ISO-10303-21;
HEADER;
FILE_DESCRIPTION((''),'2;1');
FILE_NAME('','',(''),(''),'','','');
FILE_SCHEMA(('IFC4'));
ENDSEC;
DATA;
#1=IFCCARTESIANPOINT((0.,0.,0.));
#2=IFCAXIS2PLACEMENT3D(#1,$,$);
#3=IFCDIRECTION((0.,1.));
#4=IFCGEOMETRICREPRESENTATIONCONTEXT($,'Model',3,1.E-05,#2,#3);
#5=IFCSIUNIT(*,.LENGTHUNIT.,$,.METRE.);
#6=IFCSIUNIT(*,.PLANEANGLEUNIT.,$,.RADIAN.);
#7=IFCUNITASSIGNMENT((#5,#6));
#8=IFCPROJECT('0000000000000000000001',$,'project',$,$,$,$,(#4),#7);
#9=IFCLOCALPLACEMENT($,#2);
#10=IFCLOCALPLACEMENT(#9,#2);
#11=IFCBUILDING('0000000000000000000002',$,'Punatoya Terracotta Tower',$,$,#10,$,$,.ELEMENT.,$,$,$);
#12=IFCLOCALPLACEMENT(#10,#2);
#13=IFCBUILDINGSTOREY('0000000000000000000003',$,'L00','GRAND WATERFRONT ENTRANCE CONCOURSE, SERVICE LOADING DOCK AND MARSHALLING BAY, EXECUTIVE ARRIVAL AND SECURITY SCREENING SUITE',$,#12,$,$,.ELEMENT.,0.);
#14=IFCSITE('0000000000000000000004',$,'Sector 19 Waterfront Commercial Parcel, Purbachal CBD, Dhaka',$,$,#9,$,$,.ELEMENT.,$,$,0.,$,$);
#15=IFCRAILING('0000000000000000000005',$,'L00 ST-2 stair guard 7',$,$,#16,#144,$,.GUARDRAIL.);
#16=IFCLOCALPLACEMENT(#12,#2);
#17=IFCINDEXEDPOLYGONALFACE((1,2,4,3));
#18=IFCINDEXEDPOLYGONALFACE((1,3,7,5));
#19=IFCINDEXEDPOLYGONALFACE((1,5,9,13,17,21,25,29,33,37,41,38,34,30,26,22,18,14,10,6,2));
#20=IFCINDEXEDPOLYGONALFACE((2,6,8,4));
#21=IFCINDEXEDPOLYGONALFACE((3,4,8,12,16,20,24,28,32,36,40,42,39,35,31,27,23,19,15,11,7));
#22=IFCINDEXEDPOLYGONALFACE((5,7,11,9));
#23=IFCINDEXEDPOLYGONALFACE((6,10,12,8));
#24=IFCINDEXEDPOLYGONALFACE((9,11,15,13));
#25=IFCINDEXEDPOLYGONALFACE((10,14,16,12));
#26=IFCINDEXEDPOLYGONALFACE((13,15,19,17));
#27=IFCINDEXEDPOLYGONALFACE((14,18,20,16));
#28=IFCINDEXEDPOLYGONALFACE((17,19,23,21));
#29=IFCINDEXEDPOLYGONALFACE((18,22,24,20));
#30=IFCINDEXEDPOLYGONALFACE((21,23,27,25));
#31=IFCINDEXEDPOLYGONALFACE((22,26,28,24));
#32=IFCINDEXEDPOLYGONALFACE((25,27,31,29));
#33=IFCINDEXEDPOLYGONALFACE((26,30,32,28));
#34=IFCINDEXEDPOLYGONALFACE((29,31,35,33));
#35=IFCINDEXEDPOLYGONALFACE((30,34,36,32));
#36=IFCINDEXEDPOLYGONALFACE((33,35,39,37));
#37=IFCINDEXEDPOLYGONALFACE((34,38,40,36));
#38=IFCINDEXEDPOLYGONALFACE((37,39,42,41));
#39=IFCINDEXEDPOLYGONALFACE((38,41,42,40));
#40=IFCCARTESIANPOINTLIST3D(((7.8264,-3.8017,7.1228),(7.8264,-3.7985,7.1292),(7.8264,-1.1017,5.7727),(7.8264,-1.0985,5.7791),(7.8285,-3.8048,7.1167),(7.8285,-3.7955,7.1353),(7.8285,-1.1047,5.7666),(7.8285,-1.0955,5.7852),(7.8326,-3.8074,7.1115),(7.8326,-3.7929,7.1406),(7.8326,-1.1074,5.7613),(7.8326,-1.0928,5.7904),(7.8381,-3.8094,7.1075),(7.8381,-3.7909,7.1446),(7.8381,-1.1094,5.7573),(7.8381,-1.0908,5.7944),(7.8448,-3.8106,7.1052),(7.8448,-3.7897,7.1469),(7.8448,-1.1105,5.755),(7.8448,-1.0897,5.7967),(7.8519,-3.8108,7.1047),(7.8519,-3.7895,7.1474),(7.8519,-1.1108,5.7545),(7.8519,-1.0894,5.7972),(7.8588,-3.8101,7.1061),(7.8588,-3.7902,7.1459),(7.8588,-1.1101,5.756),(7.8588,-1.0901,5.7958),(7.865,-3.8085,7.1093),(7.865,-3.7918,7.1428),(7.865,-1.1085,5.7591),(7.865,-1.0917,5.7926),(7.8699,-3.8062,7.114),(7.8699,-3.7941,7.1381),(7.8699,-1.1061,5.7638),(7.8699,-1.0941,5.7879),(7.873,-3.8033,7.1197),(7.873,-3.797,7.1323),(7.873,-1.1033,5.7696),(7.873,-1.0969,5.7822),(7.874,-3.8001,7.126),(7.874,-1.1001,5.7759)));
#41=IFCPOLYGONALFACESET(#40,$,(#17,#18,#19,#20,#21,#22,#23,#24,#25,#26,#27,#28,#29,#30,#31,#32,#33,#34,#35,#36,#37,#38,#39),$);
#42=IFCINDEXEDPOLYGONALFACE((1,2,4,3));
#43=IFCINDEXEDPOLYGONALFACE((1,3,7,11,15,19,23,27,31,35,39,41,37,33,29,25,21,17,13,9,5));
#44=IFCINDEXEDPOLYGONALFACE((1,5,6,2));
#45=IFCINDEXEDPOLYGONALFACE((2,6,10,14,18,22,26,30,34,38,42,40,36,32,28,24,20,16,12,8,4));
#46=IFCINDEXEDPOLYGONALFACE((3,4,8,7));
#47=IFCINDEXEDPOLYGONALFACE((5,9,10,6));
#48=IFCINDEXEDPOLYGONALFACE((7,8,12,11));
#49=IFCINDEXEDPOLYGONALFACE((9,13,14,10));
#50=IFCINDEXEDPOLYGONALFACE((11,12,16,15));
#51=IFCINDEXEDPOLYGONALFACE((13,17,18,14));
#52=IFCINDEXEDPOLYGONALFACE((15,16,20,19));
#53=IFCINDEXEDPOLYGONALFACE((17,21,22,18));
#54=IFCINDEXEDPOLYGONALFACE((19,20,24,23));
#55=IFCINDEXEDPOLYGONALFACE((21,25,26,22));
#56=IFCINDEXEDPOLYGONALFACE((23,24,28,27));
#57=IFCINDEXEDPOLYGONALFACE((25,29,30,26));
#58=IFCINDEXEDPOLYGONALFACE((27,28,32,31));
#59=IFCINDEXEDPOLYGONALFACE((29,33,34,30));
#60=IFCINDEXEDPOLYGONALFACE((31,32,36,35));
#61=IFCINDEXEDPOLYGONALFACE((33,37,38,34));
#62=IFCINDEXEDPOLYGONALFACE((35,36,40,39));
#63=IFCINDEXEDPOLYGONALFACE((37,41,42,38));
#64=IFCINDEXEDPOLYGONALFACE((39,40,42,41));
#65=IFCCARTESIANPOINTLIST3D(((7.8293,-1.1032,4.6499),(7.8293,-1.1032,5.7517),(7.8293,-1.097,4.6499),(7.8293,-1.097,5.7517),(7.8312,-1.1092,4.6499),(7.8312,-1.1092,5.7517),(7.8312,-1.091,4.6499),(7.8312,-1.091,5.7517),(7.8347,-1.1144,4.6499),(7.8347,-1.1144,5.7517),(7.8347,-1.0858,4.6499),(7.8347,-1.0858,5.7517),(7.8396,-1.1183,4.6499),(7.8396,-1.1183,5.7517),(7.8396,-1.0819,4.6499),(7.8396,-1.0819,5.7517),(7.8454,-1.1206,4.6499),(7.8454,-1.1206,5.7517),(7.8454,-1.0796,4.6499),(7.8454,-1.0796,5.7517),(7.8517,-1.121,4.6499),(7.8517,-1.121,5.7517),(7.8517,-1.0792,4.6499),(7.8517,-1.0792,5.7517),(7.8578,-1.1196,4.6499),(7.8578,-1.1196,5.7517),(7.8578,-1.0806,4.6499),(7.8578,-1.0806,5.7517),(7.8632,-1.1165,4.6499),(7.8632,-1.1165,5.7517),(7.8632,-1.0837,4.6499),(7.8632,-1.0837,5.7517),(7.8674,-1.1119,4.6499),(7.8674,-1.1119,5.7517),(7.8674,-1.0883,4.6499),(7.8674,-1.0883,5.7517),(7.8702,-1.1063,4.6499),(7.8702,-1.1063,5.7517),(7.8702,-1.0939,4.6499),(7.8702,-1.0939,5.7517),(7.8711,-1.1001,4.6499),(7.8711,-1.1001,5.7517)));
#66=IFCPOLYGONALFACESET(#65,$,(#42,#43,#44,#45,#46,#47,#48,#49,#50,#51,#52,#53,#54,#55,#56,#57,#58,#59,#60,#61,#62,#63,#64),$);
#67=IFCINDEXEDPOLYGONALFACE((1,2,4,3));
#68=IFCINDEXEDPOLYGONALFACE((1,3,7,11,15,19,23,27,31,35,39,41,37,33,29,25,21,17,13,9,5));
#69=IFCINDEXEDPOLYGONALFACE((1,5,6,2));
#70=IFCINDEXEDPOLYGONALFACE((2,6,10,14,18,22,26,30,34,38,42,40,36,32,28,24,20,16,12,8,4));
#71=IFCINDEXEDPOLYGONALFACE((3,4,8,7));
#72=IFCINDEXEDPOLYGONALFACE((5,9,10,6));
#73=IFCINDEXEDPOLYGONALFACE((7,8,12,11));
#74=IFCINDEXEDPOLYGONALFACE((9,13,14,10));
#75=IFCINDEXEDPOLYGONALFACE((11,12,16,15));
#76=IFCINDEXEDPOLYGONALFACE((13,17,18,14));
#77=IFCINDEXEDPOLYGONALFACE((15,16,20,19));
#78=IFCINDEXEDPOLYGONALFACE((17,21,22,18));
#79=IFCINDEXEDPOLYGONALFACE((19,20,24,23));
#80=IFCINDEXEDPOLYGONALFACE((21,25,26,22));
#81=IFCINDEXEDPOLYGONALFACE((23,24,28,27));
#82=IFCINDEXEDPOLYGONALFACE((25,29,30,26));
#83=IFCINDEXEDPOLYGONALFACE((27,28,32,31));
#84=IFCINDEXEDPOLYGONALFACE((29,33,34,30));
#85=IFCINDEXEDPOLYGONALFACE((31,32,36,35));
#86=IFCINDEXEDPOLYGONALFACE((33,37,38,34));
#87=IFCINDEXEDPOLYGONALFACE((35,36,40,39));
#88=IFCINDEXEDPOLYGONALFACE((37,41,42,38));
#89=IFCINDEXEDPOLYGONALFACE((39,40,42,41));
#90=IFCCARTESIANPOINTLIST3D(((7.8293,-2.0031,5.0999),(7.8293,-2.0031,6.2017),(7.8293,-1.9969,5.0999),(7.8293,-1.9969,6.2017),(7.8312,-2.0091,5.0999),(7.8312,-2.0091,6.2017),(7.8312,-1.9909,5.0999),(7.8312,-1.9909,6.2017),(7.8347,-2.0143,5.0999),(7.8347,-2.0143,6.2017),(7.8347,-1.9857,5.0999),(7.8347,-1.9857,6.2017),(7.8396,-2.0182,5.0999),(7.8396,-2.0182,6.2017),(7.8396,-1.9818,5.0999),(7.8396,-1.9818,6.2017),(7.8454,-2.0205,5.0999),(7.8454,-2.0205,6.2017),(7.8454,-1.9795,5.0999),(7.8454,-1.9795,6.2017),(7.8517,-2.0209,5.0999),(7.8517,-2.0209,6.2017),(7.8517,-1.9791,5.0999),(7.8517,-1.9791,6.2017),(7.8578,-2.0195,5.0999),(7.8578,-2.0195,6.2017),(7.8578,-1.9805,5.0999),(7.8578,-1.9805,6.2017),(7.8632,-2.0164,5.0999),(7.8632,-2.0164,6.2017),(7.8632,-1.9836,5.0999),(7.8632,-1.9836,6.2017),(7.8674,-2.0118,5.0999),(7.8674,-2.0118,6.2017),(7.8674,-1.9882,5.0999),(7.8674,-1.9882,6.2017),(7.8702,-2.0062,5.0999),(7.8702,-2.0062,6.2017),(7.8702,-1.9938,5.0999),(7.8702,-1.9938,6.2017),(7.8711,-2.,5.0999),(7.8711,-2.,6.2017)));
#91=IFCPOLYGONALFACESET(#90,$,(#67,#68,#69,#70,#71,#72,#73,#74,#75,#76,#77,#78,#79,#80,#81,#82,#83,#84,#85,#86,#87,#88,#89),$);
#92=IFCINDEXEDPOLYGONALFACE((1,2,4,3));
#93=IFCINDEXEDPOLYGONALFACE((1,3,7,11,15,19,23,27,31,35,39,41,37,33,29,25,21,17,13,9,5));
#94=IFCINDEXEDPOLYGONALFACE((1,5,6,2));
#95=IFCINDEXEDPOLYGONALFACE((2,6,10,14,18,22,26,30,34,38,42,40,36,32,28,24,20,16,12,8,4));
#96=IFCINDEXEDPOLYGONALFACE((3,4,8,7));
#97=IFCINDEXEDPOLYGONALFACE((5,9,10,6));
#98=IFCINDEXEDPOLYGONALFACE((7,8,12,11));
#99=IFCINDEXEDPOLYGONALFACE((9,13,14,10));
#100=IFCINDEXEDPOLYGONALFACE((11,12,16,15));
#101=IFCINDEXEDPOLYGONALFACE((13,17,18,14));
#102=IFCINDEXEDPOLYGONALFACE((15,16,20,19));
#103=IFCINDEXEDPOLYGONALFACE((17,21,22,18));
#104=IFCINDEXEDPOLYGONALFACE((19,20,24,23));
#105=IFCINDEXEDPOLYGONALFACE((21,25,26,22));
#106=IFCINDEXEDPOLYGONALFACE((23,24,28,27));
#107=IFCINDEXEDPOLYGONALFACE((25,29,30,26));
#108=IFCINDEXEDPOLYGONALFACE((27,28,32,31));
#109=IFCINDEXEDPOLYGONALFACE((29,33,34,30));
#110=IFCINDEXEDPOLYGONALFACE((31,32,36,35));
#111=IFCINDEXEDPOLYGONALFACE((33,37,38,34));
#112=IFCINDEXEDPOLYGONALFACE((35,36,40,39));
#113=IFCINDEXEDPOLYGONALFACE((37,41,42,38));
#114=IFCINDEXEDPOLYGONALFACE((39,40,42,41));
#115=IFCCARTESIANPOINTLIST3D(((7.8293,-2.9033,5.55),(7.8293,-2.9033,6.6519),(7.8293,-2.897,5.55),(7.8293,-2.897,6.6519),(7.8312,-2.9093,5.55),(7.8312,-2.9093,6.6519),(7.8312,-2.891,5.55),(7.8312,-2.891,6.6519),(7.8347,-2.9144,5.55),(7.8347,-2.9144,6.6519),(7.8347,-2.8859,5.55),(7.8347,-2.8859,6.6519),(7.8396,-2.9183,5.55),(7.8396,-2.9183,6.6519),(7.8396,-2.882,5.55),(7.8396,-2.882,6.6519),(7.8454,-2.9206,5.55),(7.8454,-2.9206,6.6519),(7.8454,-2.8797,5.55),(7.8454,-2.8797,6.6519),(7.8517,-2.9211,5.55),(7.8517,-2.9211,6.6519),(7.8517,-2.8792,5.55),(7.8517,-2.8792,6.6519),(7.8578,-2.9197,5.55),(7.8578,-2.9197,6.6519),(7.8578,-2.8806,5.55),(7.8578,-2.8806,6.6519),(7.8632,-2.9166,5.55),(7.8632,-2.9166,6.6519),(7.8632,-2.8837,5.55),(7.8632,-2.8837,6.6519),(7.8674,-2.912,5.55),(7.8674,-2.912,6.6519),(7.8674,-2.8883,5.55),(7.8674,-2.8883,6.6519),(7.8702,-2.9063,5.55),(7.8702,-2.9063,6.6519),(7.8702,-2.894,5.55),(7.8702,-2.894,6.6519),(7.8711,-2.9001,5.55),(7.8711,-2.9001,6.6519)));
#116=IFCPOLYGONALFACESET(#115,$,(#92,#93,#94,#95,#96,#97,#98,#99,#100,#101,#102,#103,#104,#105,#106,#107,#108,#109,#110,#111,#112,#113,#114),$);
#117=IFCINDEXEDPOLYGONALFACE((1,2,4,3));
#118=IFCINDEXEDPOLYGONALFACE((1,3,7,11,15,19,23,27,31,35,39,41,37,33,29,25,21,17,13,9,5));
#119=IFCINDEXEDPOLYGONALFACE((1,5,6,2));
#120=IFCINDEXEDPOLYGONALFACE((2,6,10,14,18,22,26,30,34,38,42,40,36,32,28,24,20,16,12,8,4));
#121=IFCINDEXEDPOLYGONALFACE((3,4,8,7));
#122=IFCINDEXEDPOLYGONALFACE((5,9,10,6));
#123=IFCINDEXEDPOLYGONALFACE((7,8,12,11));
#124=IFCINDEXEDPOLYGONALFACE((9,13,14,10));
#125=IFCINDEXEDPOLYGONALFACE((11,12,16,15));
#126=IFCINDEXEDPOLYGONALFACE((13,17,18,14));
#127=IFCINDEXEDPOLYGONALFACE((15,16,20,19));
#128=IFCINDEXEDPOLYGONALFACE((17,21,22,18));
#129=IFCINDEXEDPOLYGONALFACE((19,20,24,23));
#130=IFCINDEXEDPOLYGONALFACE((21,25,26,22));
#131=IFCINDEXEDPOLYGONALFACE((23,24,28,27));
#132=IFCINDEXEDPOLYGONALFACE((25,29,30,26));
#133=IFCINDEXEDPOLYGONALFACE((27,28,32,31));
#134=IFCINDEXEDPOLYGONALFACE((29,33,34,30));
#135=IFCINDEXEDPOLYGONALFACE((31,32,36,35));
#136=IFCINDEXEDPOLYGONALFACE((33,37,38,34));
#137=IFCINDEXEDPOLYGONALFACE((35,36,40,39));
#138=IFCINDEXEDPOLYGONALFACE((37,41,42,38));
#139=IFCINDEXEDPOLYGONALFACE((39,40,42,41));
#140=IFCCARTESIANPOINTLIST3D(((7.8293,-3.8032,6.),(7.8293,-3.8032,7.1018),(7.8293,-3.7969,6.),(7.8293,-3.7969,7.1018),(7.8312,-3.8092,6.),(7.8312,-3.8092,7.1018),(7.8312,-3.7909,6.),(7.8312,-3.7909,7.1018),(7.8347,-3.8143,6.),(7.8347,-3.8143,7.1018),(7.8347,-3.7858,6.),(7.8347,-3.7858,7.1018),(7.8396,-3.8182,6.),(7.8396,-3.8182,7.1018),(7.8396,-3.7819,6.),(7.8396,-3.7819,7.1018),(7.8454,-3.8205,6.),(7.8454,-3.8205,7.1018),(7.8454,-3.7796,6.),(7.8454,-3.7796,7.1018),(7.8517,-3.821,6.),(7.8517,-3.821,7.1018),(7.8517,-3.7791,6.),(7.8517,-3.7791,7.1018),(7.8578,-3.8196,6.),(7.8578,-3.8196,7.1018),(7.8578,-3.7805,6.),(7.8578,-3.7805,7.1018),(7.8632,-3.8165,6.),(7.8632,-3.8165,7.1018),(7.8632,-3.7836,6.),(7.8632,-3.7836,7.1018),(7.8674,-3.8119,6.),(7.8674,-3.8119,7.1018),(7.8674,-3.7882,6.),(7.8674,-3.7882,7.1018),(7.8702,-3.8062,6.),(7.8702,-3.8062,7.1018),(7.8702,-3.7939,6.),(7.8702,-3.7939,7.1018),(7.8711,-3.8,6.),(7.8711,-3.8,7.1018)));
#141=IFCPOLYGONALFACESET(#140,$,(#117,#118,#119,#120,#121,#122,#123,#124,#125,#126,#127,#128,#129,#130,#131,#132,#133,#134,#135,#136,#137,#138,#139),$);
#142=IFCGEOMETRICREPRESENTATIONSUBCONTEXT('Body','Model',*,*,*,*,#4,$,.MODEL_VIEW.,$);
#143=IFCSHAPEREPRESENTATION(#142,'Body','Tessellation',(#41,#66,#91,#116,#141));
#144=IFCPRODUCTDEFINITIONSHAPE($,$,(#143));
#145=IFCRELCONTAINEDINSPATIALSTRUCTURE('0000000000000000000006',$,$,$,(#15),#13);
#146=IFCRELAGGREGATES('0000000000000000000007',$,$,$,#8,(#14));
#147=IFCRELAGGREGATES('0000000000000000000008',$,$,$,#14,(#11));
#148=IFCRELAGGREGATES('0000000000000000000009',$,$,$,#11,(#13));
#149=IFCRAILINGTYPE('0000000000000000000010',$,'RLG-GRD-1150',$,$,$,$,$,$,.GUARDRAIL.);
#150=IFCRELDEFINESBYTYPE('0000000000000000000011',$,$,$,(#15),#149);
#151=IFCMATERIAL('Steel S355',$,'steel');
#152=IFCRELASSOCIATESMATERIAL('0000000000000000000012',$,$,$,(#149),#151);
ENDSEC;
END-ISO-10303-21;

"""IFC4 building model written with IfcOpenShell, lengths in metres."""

from ifc_helpers import new_model, si_unit, direction, frame, origin, origin_2d, place, context, subcontext, project, spatial, circle, extrude, material, type_object, element, save


model = new_model("IFC4")

# Units and contexts
model_context = context("Model", 3, precision=1e-05, world=origin(), true_north=direction((0.0, 1.0)))
body_context = subcontext(model_context, "Body", "Model", "MODEL_VIEW")
ifc_project = project(units=[si_unit("LENGTHUNIT", "METRE"), si_unit("PLANEANGLEUNIT", "RADIAN")], contexts=[model_context])

# Site, building, storey
site_placement = place(None, origin())
site = spatial("IfcSite", under=ifc_project, at=site_placement, Name="Sector 19 Waterfront Commercial Parcel, Purbachal CBD, Dhaka", CompositionType="ELEMENT", RefElevation=0.0)
building_placement = place(site_placement, origin())
building = spatial("IfcBuilding", under=site, at=building_placement, Name="Punatoya Terracotta Tower", CompositionType="ELEMENT")
storey_placement = place(building_placement, origin())
storey = spatial("IfcBuildingStorey", under=building, at=storey_placement, Name="L00", Description="GRAND WATERFRONT ENTRANCE CONCOURSE, SERVICE LOADING DOCK AND MARSHALLING BAY, EXECUTIVE ARRIVAL AND SECURITY SCREENING SUITE", CompositionType="ELEMENT", Elevation=0.0)

# Shared definitions
ifc_material_1 = material(Name="Steel S355", Category="steel")

# Railing
railing_type_1 = type_object("IfcRailingType", Name="RLG-GRD-1150", PredefinedType="GUARDRAIL", material=ifc_material_1)
railing_1_placement = place(storey_placement, frame((7.8501, -1.1001, 4.6499)))
element("IfcRailing", 1, at=railing_1_placement, inside=storey, type_object=railing_type_1, Name="L00 ST-2 stair guard 7", PredefinedType="GUARDRAIL", context=body_context, shape_type="SweptSolid", body=[
    extrude(circle(Radius=0.0239, at=origin_2d()), frame((0.0, 0.0, 1.126), z_axis=(0.0, -0.894411, 0.447246), x_axis=(1.0, 0.0, 0.0)), (0.0, 0.0, 1.0), 3.0188),
    extrude(circle(Radius=0.021, at=origin_2d()), origin(), (0.0, 0.0, 1.0), 1.1018),
    extrude(circle(Radius=0.021, at=origin_2d()), frame((0.0, -0.8999, 0.45)), (0.0, 0.0, 1.0), 1.1018),
    extrude(circle(Radius=0.021, at=origin_2d()), frame((0.0, -1.8, 0.9001)), (0.0, 0.0, 1.0), 1.1018),
    extrude(circle(Radius=0.021, at=origin_2d()), frame((0.0, -2.7, 1.3501)), (0.0, 0.0, 1.0), 1.1018),
])

save(model, "model.ifc")
